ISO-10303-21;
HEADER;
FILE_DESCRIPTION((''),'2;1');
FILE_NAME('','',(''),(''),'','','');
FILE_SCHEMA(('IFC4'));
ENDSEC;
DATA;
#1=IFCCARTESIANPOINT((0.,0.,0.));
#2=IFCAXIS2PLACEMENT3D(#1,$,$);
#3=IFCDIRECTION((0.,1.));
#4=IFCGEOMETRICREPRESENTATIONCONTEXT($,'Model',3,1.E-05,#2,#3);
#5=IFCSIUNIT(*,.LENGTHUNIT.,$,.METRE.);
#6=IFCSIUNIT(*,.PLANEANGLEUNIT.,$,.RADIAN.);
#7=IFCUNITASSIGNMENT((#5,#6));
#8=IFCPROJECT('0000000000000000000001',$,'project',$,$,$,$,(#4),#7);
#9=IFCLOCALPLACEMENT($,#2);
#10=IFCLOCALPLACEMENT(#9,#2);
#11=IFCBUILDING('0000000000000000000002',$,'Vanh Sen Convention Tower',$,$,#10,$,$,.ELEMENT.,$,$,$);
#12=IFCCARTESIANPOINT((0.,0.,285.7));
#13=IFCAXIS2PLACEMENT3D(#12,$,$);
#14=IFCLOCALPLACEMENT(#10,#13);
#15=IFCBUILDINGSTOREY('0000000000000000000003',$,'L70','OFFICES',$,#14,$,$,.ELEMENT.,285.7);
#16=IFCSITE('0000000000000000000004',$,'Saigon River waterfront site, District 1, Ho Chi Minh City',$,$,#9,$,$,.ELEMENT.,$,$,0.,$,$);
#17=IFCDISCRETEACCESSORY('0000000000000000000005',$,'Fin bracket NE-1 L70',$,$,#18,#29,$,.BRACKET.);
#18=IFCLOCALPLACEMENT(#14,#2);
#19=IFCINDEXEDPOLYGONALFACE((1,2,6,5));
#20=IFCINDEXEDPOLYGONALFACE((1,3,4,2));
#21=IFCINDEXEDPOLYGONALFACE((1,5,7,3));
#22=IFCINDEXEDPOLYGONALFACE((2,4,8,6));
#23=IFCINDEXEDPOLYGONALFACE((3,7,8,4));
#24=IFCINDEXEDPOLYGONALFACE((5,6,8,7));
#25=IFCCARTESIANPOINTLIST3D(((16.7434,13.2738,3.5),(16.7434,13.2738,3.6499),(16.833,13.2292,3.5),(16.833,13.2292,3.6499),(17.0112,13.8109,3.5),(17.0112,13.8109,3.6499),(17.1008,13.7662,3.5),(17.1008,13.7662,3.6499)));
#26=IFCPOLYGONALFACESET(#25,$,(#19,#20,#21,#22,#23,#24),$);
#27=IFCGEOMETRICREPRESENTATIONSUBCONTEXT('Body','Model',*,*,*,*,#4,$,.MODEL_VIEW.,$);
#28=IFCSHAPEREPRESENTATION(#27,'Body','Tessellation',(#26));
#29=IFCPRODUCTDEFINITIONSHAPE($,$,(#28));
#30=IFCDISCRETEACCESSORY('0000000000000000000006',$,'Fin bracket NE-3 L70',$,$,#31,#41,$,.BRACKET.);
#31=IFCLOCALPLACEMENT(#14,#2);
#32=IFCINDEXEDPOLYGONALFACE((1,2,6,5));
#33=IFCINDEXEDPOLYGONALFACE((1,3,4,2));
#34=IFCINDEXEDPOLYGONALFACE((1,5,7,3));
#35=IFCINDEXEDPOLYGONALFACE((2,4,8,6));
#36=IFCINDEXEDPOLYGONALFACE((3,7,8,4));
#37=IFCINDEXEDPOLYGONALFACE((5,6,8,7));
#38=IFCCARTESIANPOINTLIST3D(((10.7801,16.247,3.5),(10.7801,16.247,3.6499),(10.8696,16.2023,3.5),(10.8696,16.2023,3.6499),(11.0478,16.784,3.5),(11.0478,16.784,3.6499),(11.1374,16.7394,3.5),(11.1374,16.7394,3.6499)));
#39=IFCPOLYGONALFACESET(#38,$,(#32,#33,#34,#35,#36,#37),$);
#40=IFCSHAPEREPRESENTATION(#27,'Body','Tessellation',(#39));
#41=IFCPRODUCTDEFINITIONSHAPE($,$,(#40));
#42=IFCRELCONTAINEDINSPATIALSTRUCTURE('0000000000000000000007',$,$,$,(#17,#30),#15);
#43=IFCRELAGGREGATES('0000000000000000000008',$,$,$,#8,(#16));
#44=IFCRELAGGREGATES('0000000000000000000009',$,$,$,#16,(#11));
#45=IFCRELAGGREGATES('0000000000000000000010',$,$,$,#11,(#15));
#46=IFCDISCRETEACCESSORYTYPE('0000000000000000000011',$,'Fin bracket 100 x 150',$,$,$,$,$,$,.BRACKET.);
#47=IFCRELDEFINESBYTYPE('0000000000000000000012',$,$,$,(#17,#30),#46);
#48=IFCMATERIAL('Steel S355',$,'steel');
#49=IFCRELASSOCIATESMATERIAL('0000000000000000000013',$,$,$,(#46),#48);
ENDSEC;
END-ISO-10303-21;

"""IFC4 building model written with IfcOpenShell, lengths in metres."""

from ifc_helpers import new_model, si_unit, direction, frame, origin, origin_2d, place, context, subcontext, project, spatial, rectangle, extrude, material, type_object, element, save


model = new_model("IFC4")

# Units and contexts
model_context = context("Model", 3, precision=1e-05, world=origin(), true_north=direction((0.0, 1.0)))
body_context = subcontext(model_context, "Body", "Model", "MODEL_VIEW")
ifc_project = project(units=[si_unit("LENGTHUNIT", "METRE"), si_unit("PLANEANGLEUNIT", "RADIAN")], contexts=[model_context])

# Site, building, storey
site_placement = place(None, origin())
site = spatial("IfcSite", under=ifc_project, at=site_placement, Name="Saigon River waterfront site, District 1, Ho Chi Minh City", CompositionType="ELEMENT", RefElevation=0.0)
building_placement = place(site_placement, origin())
building = spatial("IfcBuilding", under=site, at=building_placement, Name="Vanh Sen Convention Tower", CompositionType="ELEMENT")
storey_placement = place(building_placement, frame((0.0, 0.0, 285.7)))
storey = spatial("IfcBuildingStorey", under=building, at=storey_placement, Name="L70", Description="OFFICES", CompositionType="ELEMENT", Elevation=285.7)

# Discrete accessories
ifc_material_1 = material(Name="Steel S355", Category="steel")
discrete_accessory_type = type_object("IfcDiscreteAccessoryType", Name="Fin bracket 100 x 150", PredefinedType="BRACKET", material=ifc_material_1)
for number, where, z_axis, x_axis, name in (
    (1, (16.9221, 13.52, 3.5), (0.0, 0.0, 1.0), (0.446198, 0.894934, 0.0), "Fin bracket NE-1 L70"),
    (2, (10.9587, 16.4932, 3.5), (0.0, 0.0, 1.0), (0.446198, 0.894934, 0.0), "Fin bracket NE-3 L70"),
):
    element("IfcDiscreteAccessory", number, at=place(storey_placement, frame(where, z_axis=z_axis, x_axis=x_axis)), inside=storey, type_object=discrete_accessory_type, Name=name, PredefinedType="BRACKET", context=body_context, shape_type="SweptSolid", body=[
        extrude(rectangle(XDim=0.6001, YDim=0.1001, at=origin_2d()), origin(), (0.0, 0.0, 1.0), 0.1499),
    ])

save(model, "model.ifc")
